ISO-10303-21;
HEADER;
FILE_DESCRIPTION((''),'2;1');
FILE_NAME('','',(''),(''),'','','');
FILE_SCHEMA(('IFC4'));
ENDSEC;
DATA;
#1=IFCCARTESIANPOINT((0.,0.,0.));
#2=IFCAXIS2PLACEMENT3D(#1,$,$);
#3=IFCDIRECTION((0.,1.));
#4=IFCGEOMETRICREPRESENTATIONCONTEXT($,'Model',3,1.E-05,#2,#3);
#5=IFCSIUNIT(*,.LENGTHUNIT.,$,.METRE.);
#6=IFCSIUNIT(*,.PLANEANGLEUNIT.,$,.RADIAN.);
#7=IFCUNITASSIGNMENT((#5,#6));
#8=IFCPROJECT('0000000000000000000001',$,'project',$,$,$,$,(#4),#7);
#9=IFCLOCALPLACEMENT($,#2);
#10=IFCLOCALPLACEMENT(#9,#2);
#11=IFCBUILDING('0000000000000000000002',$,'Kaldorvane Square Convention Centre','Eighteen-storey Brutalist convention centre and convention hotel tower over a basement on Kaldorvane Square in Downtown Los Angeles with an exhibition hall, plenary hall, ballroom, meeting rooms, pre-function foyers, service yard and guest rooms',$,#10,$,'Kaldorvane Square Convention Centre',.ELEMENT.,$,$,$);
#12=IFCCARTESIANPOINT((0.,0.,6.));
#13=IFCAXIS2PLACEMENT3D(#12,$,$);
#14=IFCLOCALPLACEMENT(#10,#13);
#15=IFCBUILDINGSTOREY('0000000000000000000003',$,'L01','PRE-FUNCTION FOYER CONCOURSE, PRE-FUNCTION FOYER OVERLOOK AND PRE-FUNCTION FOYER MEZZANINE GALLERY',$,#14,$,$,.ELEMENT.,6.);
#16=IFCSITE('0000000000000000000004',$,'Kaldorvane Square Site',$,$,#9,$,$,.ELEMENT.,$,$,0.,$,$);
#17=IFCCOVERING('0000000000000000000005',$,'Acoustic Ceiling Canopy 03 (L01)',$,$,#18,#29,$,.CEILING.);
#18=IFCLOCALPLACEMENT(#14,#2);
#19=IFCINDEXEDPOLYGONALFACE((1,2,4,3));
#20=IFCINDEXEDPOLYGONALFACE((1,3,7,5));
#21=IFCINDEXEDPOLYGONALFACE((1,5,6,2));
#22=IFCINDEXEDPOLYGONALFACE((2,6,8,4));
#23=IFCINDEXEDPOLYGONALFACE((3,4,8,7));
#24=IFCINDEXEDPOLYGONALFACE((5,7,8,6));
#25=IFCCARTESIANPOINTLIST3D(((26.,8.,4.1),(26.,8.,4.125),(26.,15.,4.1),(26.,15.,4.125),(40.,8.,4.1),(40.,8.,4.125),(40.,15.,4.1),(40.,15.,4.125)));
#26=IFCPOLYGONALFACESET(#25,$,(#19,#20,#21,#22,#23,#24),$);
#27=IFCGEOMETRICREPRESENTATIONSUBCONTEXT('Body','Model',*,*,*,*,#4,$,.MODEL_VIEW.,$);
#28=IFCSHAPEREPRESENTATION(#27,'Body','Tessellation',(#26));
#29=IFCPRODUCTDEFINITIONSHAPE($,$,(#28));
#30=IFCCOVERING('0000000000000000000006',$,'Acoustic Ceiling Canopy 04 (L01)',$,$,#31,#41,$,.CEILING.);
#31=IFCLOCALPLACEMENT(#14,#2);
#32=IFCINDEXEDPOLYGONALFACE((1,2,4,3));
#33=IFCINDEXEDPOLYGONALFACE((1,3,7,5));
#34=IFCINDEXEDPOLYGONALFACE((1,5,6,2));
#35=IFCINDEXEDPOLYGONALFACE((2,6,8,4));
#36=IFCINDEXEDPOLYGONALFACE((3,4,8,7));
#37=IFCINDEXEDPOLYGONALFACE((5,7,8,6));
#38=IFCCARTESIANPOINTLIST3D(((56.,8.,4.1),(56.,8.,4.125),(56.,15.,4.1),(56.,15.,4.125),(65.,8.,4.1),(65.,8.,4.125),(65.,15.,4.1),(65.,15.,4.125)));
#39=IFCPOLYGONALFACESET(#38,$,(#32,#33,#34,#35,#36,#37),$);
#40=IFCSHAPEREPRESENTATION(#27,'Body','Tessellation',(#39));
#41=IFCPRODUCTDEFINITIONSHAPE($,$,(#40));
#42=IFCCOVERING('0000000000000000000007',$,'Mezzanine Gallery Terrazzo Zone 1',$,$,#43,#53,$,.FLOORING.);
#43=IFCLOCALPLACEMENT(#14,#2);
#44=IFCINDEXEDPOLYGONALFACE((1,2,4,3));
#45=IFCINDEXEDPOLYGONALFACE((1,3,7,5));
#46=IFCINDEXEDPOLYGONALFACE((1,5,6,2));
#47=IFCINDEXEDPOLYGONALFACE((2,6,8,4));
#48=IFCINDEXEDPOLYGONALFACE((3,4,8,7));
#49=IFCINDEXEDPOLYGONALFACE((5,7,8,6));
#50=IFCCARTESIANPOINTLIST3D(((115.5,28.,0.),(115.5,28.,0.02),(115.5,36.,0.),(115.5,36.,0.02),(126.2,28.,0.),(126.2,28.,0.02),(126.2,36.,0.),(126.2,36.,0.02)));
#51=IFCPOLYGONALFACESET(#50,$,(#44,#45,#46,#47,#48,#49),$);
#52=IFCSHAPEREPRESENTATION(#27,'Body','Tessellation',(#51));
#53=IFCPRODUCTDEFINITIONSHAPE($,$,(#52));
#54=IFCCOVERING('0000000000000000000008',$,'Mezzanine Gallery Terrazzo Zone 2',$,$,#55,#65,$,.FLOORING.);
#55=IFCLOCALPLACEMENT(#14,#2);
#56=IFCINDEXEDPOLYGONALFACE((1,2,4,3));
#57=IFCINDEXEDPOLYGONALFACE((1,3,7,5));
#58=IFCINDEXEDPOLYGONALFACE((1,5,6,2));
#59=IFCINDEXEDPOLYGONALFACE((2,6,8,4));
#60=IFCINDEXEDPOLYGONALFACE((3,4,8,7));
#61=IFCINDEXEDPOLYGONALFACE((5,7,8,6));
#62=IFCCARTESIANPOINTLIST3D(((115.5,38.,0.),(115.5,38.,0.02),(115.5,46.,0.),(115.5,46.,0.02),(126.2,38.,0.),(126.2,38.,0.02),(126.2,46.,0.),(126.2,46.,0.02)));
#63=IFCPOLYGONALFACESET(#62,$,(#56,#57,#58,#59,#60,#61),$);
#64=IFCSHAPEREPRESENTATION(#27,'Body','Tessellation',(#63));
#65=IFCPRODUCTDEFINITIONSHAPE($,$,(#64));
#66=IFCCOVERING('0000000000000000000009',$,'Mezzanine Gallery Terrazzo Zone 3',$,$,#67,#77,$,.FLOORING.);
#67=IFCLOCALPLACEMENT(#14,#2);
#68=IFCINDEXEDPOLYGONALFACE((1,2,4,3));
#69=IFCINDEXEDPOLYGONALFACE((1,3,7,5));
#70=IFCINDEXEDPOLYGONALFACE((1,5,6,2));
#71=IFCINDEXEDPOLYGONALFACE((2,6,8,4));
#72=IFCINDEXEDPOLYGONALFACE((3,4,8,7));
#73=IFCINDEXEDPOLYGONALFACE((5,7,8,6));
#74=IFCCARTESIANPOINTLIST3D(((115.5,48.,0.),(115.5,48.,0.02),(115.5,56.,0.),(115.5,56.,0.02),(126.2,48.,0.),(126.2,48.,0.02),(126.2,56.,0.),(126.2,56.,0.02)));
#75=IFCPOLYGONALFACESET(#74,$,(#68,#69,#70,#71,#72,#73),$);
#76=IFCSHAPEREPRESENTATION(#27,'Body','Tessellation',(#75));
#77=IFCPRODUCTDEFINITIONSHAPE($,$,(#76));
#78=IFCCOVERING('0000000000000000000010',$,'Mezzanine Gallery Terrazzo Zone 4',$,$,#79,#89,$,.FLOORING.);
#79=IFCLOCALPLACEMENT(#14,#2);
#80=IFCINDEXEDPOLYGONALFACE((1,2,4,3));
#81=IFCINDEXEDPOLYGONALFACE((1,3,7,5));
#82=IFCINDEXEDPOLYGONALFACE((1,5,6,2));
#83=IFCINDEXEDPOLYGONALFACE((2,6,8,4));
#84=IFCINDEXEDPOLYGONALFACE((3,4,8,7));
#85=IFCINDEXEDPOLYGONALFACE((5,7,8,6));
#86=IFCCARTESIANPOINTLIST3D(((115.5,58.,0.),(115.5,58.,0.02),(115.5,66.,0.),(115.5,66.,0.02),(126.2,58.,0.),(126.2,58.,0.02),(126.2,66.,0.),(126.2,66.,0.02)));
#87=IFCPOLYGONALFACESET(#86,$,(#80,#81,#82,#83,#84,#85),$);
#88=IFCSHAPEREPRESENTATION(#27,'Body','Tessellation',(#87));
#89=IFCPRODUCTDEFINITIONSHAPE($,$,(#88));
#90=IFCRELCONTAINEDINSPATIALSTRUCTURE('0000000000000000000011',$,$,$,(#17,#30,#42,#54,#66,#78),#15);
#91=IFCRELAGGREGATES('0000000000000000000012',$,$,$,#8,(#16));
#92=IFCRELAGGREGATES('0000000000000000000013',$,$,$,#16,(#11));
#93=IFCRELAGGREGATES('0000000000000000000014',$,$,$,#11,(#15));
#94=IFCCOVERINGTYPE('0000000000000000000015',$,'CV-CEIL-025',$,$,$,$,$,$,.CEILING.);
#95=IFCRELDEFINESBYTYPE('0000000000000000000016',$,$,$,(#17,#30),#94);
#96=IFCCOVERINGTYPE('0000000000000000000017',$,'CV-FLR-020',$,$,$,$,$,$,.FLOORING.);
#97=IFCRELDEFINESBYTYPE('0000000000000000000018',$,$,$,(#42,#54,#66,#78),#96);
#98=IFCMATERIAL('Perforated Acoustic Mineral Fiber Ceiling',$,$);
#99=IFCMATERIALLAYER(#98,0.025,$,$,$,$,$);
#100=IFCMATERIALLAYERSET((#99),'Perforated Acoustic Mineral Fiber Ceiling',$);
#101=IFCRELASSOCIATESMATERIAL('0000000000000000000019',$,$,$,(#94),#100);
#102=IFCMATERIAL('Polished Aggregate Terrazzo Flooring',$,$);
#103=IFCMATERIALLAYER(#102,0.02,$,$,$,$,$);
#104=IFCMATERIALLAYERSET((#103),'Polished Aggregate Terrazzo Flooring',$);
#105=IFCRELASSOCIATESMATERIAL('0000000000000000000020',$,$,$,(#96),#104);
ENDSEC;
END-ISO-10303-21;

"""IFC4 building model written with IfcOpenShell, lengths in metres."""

from ifc_helpers import new_model, si_unit, direction, frame, origin, place, context, subcontext, project, spatial, polyline, outline, extrude, material, layer, layer_set, type_object, element, save


model = new_model("IFC4")

# Units and contexts
model_context = context("Model", 3, precision=1e-05, world=origin(), true_north=direction((0.0, 1.0)))
body_context = subcontext(model_context, "Body", "Model", "MODEL_VIEW")
ifc_project = project(units=[si_unit("LENGTHUNIT", "METRE"), si_unit("PLANEANGLEUNIT", "RADIAN")], contexts=[model_context])

# Site, building, storey
site_placement = place(None, origin())
site = spatial("IfcSite", under=ifc_project, at=site_placement, Name="Kaldorvane Square Site", CompositionType="ELEMENT", RefElevation=0.0)
building_placement = place(site_placement, origin())
building = spatial("IfcBuilding", under=site, at=building_placement, Name="Kaldorvane Square Convention Centre", Description="Eighteen-storey Brutalist convention centre and convention hotel tower over a basement on Kaldorvane Square in Downtown Los Angeles with an exhibition hall, plenary hall, ballroom, meeting rooms, pre-function foyers, service yard and guest rooms", LongName="Kaldorvane Square Convention Centre", CompositionType="ELEMENT")
storey_placement = place(building_placement, frame((0.0, 0.0, 6.0)))
storey = spatial("IfcBuildingStorey", under=building, at=storey_placement, Name="L01", Description="PRE-FUNCTION FOYER CONCOURSE, PRE-FUNCTION FOYER OVERLOOK AND PRE-FUNCTION FOYER MEZZANINE GALLERY", CompositionType="ELEMENT", Elevation=6.0)

# Coverings
ifc_material_1 = material(Name="Perforated Acoustic Mineral Fiber Ceiling")
ifc_layer_1 = layer(ifc_material_1, 0.025)
ifc_layer_set_1 = layer_set([ifc_layer_1], Name="Perforated Acoustic Mineral Fiber Ceiling")
covering_type_1 = type_object("IfcCoveringType", Name="CV-CEIL-025", PredefinedType="CEILING", material=ifc_layer_set_1)
covering_1_placement = place(storey_placement, frame((0.0, 0.0, 4.1)))
element("IfcCovering", 1, at=covering_1_placement, inside=storey, type_object=covering_type_1, Name="Acoustic Ceiling Canopy 03 (L01)", PredefinedType="CEILING", context=body_context, shape_type="SweptSolid", body=[
    extrude(outline(polyline([(26.0, 8.0), (40.0, 8.0), (40.0, 15.0), (26.0, 15.0), (26.0, 8.0)])), origin(), (0.0, 0.0, 1.0), 0.025),
])
covering_2_placement = place(storey_placement, frame((0.0, 0.0, 4.1)))
element("IfcCovering", 2, at=covering_2_placement, inside=storey, type_object=covering_type_1, Name="Acoustic Ceiling Canopy 04 (L01)", PredefinedType="CEILING", context=body_context, shape_type="SweptSolid", body=[
    extrude(outline(polyline([(56.0, 8.0), (65.0, 8.0), (65.0, 15.0), (56.0, 15.0), (56.0, 8.0)])), origin(), (0.0, 0.0, 1.0), 0.025),
])
ifc_material_2 = material(Name="Polished Aggregate Terrazzo Flooring")
ifc_layer_2 = layer(ifc_material_2, 0.02)
ifc_layer_set_2 = layer_set([ifc_layer_2], Name="Polished Aggregate Terrazzo Flooring")
covering_type_2 = type_object("IfcCoveringType", Name="CV-FLR-020", PredefinedType="FLOORING", material=ifc_layer_set_2)
covering_3_placement = place(storey_placement, origin())
element("IfcCovering", 3, at=covering_3_placement, inside=storey, type_object=covering_type_2, Name="Mezzanine Gallery Terrazzo Zone 1", PredefinedType="FLOORING", context=body_context, shape_type="SweptSolid", body=[
    extrude(outline(polyline([(115.5, 28.0), (126.2, 28.0), (126.2, 36.0), (115.5, 36.0), (115.5, 28.0)])), origin(), (0.0, 0.0, 1.0), 0.02),
])
covering_4_placement = place(storey_placement, origin())
element("IfcCovering", 4, at=covering_4_placement, inside=storey, type_object=covering_type_2, Name="Mezzanine Gallery Terrazzo Zone 2", PredefinedType="FLOORING", context=body_context, shape_type="SweptSolid", body=[
    extrude(outline(polyline([(115.5, 38.0), (126.2, 38.0), (126.2, 46.0), (115.5, 46.0), (115.5, 38.0)])), origin(), (0.0, 0.0, 1.0), 0.02),
])
covering_5_placement = place(storey_placement, origin())
element("IfcCovering", 5, at=covering_5_placement, inside=storey, type_object=covering_type_2, Name="Mezzanine Gallery Terrazzo Zone 3", PredefinedType="FLOORING", context=body_context, shape_type="SweptSolid", body=[
    extrude(outline(polyline([(115.5, 48.0), (126.2, 48.0), (126.2, 56.0), (115.5, 56.0), (115.5, 48.0)])), origin(), (0.0, 0.0, 1.0), 0.02),
])
covering_6_placement = place(storey_placement, origin())
element("IfcCovering", 6, at=covering_6_placement, inside=storey, type_object=covering_type_2, Name="Mezzanine Gallery Terrazzo Zone 4", PredefinedType="FLOORING", context=body_context, shape_type="SweptSolid", body=[
    extrude(outline(polyline([(115.5, 58.0), (126.2, 58.0), (126.2, 66.0), (115.5, 66.0), (115.5, 58.0)])), origin(), (0.0, 0.0, 1.0), 0.02),
])

save(model, "model.ifc")
